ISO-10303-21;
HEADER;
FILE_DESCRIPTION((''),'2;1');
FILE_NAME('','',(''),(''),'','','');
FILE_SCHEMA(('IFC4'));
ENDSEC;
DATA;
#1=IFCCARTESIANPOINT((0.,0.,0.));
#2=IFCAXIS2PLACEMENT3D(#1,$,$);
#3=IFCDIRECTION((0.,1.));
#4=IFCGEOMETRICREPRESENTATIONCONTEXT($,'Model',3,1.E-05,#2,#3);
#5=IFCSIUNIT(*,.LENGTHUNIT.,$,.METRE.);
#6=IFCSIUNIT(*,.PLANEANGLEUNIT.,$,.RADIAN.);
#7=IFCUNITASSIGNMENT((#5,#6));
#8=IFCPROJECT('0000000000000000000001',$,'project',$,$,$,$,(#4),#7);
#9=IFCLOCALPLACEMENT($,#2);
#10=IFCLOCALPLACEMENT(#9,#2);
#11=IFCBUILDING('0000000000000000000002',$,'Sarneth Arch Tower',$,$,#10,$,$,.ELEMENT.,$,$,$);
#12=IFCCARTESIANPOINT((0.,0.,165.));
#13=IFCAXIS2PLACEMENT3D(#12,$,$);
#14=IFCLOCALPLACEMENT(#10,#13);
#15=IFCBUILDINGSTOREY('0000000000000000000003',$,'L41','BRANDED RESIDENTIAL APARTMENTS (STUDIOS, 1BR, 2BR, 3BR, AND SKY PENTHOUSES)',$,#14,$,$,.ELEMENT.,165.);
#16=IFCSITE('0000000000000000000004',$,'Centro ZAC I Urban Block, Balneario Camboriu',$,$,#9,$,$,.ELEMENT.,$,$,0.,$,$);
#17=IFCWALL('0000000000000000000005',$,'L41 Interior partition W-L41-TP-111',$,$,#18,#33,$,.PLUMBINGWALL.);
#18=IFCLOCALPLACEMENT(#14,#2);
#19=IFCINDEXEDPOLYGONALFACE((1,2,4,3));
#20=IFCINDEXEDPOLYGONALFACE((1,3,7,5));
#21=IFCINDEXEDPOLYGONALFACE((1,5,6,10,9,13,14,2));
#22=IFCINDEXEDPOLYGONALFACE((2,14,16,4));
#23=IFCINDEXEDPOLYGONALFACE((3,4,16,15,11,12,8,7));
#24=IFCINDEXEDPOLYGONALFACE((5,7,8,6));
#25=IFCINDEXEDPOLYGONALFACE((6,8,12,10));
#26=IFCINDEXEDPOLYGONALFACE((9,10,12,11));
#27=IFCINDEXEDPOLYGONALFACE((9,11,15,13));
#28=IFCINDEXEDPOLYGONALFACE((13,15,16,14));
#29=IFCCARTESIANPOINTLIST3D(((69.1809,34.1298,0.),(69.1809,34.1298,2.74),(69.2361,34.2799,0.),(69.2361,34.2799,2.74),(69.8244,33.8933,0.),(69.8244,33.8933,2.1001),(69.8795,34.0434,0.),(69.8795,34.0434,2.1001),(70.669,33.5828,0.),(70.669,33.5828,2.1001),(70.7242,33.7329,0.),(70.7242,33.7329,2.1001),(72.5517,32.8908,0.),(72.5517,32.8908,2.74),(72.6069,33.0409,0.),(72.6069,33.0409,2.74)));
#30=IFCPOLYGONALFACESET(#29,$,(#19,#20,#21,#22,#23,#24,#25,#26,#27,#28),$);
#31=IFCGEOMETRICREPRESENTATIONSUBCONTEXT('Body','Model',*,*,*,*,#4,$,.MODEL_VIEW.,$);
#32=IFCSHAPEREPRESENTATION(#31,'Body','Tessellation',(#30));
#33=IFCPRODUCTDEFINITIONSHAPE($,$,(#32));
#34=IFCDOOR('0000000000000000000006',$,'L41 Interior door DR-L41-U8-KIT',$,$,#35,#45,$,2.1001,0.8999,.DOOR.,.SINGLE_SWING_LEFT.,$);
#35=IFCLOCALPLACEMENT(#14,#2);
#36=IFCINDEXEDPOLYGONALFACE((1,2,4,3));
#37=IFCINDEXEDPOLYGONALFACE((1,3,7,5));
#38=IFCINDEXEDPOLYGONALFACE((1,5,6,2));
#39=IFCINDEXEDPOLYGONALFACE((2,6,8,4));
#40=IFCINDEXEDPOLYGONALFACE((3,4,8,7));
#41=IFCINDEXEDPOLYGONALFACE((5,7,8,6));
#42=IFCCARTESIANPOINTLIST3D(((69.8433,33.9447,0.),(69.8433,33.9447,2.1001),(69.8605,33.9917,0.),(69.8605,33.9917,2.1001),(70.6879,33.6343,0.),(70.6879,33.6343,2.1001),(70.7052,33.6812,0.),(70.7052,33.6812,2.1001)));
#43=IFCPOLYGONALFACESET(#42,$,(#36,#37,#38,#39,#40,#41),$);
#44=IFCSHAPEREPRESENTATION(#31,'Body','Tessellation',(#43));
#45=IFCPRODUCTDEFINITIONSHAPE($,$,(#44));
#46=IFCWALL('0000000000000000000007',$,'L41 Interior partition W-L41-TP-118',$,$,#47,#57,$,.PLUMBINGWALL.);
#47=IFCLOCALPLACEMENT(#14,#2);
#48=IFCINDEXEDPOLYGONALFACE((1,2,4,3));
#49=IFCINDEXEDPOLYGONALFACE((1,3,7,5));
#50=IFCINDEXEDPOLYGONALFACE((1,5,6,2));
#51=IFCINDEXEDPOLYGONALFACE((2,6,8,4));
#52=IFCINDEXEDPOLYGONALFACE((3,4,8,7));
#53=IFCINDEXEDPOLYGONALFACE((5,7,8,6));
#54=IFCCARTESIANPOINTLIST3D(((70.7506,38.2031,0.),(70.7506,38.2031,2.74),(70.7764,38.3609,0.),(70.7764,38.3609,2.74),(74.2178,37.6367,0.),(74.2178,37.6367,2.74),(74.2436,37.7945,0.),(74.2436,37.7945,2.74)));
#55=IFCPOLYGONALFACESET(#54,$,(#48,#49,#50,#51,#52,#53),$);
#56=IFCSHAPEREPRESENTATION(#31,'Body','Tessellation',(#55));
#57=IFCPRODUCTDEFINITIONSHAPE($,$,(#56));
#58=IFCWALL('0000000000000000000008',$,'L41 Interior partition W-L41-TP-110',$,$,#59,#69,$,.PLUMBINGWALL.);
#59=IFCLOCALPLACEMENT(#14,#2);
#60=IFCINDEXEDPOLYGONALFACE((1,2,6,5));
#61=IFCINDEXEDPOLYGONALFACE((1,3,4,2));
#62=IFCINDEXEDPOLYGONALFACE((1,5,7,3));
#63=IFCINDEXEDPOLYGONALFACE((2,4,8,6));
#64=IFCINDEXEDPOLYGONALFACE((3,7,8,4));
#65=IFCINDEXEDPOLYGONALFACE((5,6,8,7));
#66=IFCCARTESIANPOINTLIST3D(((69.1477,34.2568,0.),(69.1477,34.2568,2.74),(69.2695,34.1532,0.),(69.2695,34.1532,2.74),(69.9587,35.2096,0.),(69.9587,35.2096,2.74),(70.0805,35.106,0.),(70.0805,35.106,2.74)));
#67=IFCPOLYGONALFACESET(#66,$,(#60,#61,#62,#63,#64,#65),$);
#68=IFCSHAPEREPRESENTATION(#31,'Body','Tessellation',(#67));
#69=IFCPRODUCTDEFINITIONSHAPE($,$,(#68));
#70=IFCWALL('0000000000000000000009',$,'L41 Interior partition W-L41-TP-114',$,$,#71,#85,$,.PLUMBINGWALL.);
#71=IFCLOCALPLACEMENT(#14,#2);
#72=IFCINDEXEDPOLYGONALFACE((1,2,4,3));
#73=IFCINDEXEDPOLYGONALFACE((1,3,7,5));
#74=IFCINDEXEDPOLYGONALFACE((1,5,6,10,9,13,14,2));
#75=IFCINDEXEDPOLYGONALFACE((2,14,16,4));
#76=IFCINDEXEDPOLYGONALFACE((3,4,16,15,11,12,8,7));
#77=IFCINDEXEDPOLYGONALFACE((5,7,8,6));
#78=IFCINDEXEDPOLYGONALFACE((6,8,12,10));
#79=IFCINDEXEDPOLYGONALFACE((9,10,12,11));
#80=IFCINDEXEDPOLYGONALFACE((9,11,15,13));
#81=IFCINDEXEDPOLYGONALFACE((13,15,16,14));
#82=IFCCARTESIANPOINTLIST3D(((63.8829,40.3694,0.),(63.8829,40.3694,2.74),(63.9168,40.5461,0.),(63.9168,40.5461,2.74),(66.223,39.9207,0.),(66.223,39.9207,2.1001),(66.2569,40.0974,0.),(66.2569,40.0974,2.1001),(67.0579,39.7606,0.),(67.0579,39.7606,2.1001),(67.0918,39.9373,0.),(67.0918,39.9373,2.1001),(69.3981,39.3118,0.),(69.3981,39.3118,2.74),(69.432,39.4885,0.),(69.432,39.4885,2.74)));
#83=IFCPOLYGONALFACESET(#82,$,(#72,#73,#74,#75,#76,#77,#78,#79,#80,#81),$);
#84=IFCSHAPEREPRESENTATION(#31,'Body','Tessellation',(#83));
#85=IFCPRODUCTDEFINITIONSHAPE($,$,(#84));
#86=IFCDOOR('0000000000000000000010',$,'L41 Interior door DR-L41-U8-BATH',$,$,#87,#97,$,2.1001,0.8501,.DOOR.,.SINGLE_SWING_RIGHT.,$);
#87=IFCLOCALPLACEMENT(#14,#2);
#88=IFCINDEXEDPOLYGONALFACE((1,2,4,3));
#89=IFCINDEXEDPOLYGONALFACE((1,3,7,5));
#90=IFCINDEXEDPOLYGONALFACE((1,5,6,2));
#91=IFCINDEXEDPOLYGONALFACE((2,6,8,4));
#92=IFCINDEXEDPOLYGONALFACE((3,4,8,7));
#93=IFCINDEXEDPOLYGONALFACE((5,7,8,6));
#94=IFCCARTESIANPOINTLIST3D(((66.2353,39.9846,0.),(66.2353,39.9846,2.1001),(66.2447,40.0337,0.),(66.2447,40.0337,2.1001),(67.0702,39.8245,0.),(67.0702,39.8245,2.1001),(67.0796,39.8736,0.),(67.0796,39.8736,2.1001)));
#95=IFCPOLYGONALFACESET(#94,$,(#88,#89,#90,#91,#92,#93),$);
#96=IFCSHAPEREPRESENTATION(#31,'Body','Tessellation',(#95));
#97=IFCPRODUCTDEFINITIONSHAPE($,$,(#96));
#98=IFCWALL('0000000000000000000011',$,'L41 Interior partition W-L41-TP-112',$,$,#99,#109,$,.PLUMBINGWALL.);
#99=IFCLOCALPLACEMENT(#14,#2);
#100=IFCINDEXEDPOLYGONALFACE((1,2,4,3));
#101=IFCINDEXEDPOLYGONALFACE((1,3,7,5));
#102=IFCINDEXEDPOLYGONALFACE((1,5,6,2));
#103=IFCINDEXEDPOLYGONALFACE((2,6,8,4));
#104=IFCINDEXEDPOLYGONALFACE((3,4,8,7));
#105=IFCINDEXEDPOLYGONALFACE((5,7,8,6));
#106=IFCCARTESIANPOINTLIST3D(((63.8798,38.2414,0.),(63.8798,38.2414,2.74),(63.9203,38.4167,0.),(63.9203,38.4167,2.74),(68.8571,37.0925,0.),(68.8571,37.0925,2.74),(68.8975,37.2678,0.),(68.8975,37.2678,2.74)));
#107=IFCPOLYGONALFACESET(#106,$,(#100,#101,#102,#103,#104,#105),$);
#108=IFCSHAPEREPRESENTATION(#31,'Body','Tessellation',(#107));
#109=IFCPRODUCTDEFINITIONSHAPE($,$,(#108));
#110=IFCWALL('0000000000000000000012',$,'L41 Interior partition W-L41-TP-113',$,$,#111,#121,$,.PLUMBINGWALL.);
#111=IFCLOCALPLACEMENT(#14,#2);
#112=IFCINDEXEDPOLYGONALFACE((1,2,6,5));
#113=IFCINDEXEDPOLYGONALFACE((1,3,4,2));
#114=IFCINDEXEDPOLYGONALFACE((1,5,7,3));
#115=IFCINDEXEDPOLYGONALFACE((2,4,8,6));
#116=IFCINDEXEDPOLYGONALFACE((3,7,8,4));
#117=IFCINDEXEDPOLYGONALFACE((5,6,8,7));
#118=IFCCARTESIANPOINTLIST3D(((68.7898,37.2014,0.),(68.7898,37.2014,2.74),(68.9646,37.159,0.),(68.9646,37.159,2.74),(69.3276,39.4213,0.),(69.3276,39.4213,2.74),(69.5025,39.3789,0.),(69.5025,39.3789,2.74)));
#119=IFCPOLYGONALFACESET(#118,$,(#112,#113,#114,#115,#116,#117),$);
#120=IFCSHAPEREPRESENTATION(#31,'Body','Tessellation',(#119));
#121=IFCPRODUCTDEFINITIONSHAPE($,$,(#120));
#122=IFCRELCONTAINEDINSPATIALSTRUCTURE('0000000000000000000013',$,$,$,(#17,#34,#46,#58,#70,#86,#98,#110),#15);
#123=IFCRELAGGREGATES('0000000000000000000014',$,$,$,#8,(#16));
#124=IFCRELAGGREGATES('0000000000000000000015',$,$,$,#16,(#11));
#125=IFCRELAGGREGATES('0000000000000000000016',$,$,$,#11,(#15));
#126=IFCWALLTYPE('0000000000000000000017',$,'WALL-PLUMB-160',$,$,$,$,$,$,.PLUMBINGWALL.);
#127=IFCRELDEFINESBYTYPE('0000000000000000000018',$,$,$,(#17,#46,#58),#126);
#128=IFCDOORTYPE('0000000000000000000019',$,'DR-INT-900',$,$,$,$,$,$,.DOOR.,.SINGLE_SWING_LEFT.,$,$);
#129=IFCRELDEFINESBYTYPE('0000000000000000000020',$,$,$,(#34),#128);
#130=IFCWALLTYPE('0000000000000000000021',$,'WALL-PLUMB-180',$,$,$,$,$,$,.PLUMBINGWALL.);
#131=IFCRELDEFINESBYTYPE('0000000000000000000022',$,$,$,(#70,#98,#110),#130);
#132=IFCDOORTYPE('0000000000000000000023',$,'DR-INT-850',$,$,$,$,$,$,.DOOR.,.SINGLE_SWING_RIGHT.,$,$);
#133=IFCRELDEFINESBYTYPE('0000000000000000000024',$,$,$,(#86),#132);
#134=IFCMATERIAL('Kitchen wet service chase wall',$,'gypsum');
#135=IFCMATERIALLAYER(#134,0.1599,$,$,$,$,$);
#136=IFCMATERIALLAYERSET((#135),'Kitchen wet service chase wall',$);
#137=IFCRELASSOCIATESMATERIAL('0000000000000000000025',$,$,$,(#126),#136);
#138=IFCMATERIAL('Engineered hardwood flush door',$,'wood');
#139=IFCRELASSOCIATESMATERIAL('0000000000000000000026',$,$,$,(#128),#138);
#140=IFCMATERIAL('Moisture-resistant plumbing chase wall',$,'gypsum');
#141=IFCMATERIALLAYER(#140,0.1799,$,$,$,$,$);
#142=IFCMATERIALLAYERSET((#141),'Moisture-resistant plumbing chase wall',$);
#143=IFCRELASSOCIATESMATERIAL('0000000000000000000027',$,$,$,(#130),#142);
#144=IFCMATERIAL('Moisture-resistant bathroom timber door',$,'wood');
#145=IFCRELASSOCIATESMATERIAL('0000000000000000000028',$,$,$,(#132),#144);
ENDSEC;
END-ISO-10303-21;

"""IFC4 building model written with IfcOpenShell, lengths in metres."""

from ifc_helpers import new_model, si_unit, direction, frame, frame_2d, origin, place, context, subcontext, project, spatial, rectangle, extrude, material, layer, layer_set, type_object, element, fill, save


model = new_model("IFC4")

# Units and contexts
model_context = context("Model", 3, precision=1e-05, world=origin(), true_north=direction((0.0, 1.0)))
body_context = subcontext(model_context, "Body", "Model", "MODEL_VIEW")
ifc_project = project(units=[si_unit("LENGTHUNIT", "METRE"), si_unit("PLANEANGLEUNIT", "RADIAN")], contexts=[model_context])

# Site, building, storey
site_placement = place(None, origin())
site = spatial("IfcSite", under=ifc_project, at=site_placement, Name="Centro ZAC I Urban Block, Balneario Camboriu", CompositionType="ELEMENT", RefElevation=0.0)
building_placement = place(site_placement, origin())
building = spatial("IfcBuilding", under=site, at=building_placement, Name="Sarneth Arch Tower", CompositionType="ELEMENT")
storey_placement = place(building_placement, frame((0.0, 0.0, 165.0)))
storey = spatial("IfcBuildingStorey", under=building, at=storey_placement, Name="L41", Description="BRANDED RESIDENTIAL APARTMENTS (STUDIOS, 1BR, 2BR, 3BR, AND SKY PENTHOUSES)", CompositionType="ELEMENT", Elevation=165.0)

# Wall, opening, door
ifc_material_1 = material(Name="Kitchen wet service chase wall", Category="gypsum")
ifc_layer_1 = layer(ifc_material_1, 0.1599)
ifc_layer_set_1 = layer_set([ifc_layer_1], Name="Kitchen wet service chase wall")
wall_type_1 = type_object("IfcWallType", Name="WALL-PLUMB-160", PredefinedType="PLUMBINGWALL", material=ifc_layer_set_1)
ifc_material_2 = material(Name="Engineered hardwood flush door", Category="wood")
door_type_1 = type_object("IfcDoorType", Name="DR-INT-900", OperationType="SINGLE_SWING_LEFT", PredefinedType="DOOR", material=ifc_material_2)
wall_1_placement = place(storey_placement, frame((69.2085, 34.2048, 0.0), z_axis=(0.0, 0.0, 1.0), x_axis=(0.938603, -0.345, 0.0)))
wall_1 = element("IfcWall", 1, at=wall_1_placement, inside=storey, type_object=wall_type_1, Name="L41 Interior partition W-L41-TP-111", PredefinedType="PLUMBINGWALL", context=body_context, shape_type="SweptSolid", body=[
    extrude(rectangle(XDim=3.5913, YDim=0.1599, at=frame_2d((1.7957, 0.0))), origin(), (0.0, 0.0, 1.0), 2.74),
])
opening_1_placement = place(wall_1_placement, frame((0.6855, 0.0, 0.0)))
opening_1 = element("IfcOpeningElement", 2, at=opening_1_placement, cuts=wall_1, PredefinedType="OPENING", context=body_context, shape_type="SweptSolid", body=[
    extrude(rectangle(XDim=0.8999, YDim=2.1001, at=frame_2d((0.45, 1.05))), frame((0.0, 0.0898, 0.0), z_axis=(0.0, -1.0, 0.0), x_axis=(1.0, 0.0, 0.0)), (0.0, 0.0, 1.0), 0.1799),
])
door_1_placement = place(opening_1_placement, origin())
door_1 = element("IfcDoor", 3, at=door_1_placement, inside=storey, type_object=door_type_1, Name="L41 Interior door DR-L41-U8-KIT", OperationType="SINGLE_SWING_LEFT", OverallHeight=2.1001, OverallWidth=0.8999, PredefinedType="DOOR", context=body_context, shape_type="SweptSolid", body=[
    extrude(rectangle(XDim=0.8999, YDim=2.1001, at=frame_2d((0.45, 1.05))), frame((0.0, 0.0249, 0.0), z_axis=(0.0, -1.0, 0.0), x_axis=(1.0, 0.0, 0.0)), (0.0, 0.0, 1.0), 0.05),
])
fill(opening_1, door_1)

# Walls
wall_2_placement = place(storey_placement, frame((74.2307, 37.7156, 0.0), z_axis=(0.0, 0.0, 1.0), x_axis=(-0.986918, 0.16122, 0.0)))
element("IfcWall", 4, at=wall_2_placement, inside=storey, type_object=wall_type_1, Name="L41 Interior partition W-L41-TP-118", PredefinedType="PLUMBINGWALL", context=body_context, shape_type="SweptSolid", body=[
    extrude(rectangle(XDim=3.5132, YDim=0.1599, at=frame_2d((1.7566, 0.0))), origin(), (0.0, 0.0, 1.0), 2.74),
])
wall_3_placement = place(storey_placement, frame((70.0195, 35.1577, 0.0), z_axis=(0.0, 0.0, 1.0), x_axis=(-0.648152, -0.761511, 0.0)))
element("IfcWall", 5, at=wall_3_placement, inside=storey, type_object=wall_type_1, Name="L41 Interior partition W-L41-TP-110", PredefinedType="PLUMBINGWALL", context=body_context, shape_type="SweptSolid", body=[
    extrude(rectangle(XDim=1.2512, YDim=0.1599, at=frame_2d((0.6255, 0.0))), origin(), (0.0, 0.0, 1.0), 2.74),
])

# Wall, opening, door
ifc_material_3 = material(Name="Moisture-resistant plumbing chase wall", Category="gypsum")
ifc_layer_2 = layer(ifc_material_3, 0.1799)
ifc_layer_set_2 = layer_set([ifc_layer_2], Name="Moisture-resistant plumbing chase wall")
wall_type_2 = type_object("IfcWallType", Name="WALL-PLUMB-180", PredefinedType="PLUMBINGWALL", material=ifc_layer_set_2)
wall_4_placement = place(storey_placement, frame((69.415, 39.4001, 0.0), z_axis=(0.0, 0.0, 1.0), x_axis=(-0.982105, 0.188335, 0.0)))
wall_4 = element("IfcWall", 6, at=wall_4_placement, inside=storey, type_object=wall_type_2, Name="L41 Interior partition W-L41-TP-114", PredefinedType="PLUMBINGWALL", context=body_context, shape_type="SweptSolid", body=[
    extrude(rectangle(XDim=5.6157, YDim=0.1799, at=frame_2d((2.8079, 0.0))), origin(), (0.0, 0.0, 1.0), 2.74),
])
opening_2_placement = place(wall_4_placement, frame((2.3828, 0.0, 0.0)))
opening_2 = element("IfcOpeningElement", 7, at=opening_2_placement, cuts=wall_4, PredefinedType="OPENING", context=body_context, shape_type="SweptSolid", body=[
    extrude(rectangle(XDim=0.8501, YDim=2.1001, at=frame_2d((0.425, 1.05))), frame((0.0, 0.0999, 0.0), z_axis=(0.0, -1.0, 0.0), x_axis=(1.0, 0.0, 0.0)), (0.0, 0.0, 1.0), 0.2),
])
ifc_material_4 = material(Name="Moisture-resistant bathroom timber door", Category="wood")
door_type_2 = type_object("IfcDoorType", Name="DR-INT-850", OperationType="SINGLE_SWING_RIGHT", PredefinedType="DOOR", material=ifc_material_4)
door_2_placement = place(opening_2_placement, origin())
door_2 = element("IfcDoor", 8, at=door_2_placement, inside=storey, type_object=door_type_2, Name="L41 Interior door DR-L41-U8-BATH", OperationType="SINGLE_SWING_RIGHT", OverallHeight=2.1001, OverallWidth=0.8501, PredefinedType="DOOR", context=body_context, shape_type="SweptSolid", body=[
    extrude(rectangle(XDim=0.8501, YDim=2.1001, at=frame_2d((0.425, 1.05))), frame((0.0, 0.0249, 0.0), z_axis=(0.0, -1.0, 0.0), x_axis=(1.0, 0.0, 0.0)), (0.0, 0.0, 1.0), 0.05),
])
fill(opening_2, door_2)

# Walls
wall_5_placement = place(storey_placement, frame((63.8999, 38.3291, 0.0), z_axis=(0.0, 0.0, 1.0), x_axis=(0.974378, -0.224919, 0.0)))
element("IfcWall", 9, at=wall_5_placement, inside=storey, type_object=wall_type_2, Name="L41 Interior partition W-L41-TP-112", PredefinedType="PLUMBINGWALL", context=body_context, shape_type="SweptSolid", body=[
    extrude(rectangle(XDim=5.1082, YDim=0.1799, at=frame_2d((2.5542, 0.0))), origin(), (0.0, 0.0, 1.0), 2.74),
])
wall_6_placement = place(storey_placement, frame((68.8772, 37.1802, 0.0), z_axis=(0.0, 0.0, 1.0), x_axis=(0.235462, 0.971883, 0.0)))
element("IfcWall", 10, at=wall_6_placement, inside=storey, type_object=wall_type_2, Name="L41 Interior partition W-L41-TP-113", PredefinedType="PLUMBINGWALL", context=body_context, shape_type="SweptSolid", body=[
    extrude(rectangle(XDim=2.2842, YDim=0.1799, at=frame_2d((1.1421, 0.0))), origin(), (0.0, 0.0, 1.0), 2.74),
])

save(model, "model.ifc")
